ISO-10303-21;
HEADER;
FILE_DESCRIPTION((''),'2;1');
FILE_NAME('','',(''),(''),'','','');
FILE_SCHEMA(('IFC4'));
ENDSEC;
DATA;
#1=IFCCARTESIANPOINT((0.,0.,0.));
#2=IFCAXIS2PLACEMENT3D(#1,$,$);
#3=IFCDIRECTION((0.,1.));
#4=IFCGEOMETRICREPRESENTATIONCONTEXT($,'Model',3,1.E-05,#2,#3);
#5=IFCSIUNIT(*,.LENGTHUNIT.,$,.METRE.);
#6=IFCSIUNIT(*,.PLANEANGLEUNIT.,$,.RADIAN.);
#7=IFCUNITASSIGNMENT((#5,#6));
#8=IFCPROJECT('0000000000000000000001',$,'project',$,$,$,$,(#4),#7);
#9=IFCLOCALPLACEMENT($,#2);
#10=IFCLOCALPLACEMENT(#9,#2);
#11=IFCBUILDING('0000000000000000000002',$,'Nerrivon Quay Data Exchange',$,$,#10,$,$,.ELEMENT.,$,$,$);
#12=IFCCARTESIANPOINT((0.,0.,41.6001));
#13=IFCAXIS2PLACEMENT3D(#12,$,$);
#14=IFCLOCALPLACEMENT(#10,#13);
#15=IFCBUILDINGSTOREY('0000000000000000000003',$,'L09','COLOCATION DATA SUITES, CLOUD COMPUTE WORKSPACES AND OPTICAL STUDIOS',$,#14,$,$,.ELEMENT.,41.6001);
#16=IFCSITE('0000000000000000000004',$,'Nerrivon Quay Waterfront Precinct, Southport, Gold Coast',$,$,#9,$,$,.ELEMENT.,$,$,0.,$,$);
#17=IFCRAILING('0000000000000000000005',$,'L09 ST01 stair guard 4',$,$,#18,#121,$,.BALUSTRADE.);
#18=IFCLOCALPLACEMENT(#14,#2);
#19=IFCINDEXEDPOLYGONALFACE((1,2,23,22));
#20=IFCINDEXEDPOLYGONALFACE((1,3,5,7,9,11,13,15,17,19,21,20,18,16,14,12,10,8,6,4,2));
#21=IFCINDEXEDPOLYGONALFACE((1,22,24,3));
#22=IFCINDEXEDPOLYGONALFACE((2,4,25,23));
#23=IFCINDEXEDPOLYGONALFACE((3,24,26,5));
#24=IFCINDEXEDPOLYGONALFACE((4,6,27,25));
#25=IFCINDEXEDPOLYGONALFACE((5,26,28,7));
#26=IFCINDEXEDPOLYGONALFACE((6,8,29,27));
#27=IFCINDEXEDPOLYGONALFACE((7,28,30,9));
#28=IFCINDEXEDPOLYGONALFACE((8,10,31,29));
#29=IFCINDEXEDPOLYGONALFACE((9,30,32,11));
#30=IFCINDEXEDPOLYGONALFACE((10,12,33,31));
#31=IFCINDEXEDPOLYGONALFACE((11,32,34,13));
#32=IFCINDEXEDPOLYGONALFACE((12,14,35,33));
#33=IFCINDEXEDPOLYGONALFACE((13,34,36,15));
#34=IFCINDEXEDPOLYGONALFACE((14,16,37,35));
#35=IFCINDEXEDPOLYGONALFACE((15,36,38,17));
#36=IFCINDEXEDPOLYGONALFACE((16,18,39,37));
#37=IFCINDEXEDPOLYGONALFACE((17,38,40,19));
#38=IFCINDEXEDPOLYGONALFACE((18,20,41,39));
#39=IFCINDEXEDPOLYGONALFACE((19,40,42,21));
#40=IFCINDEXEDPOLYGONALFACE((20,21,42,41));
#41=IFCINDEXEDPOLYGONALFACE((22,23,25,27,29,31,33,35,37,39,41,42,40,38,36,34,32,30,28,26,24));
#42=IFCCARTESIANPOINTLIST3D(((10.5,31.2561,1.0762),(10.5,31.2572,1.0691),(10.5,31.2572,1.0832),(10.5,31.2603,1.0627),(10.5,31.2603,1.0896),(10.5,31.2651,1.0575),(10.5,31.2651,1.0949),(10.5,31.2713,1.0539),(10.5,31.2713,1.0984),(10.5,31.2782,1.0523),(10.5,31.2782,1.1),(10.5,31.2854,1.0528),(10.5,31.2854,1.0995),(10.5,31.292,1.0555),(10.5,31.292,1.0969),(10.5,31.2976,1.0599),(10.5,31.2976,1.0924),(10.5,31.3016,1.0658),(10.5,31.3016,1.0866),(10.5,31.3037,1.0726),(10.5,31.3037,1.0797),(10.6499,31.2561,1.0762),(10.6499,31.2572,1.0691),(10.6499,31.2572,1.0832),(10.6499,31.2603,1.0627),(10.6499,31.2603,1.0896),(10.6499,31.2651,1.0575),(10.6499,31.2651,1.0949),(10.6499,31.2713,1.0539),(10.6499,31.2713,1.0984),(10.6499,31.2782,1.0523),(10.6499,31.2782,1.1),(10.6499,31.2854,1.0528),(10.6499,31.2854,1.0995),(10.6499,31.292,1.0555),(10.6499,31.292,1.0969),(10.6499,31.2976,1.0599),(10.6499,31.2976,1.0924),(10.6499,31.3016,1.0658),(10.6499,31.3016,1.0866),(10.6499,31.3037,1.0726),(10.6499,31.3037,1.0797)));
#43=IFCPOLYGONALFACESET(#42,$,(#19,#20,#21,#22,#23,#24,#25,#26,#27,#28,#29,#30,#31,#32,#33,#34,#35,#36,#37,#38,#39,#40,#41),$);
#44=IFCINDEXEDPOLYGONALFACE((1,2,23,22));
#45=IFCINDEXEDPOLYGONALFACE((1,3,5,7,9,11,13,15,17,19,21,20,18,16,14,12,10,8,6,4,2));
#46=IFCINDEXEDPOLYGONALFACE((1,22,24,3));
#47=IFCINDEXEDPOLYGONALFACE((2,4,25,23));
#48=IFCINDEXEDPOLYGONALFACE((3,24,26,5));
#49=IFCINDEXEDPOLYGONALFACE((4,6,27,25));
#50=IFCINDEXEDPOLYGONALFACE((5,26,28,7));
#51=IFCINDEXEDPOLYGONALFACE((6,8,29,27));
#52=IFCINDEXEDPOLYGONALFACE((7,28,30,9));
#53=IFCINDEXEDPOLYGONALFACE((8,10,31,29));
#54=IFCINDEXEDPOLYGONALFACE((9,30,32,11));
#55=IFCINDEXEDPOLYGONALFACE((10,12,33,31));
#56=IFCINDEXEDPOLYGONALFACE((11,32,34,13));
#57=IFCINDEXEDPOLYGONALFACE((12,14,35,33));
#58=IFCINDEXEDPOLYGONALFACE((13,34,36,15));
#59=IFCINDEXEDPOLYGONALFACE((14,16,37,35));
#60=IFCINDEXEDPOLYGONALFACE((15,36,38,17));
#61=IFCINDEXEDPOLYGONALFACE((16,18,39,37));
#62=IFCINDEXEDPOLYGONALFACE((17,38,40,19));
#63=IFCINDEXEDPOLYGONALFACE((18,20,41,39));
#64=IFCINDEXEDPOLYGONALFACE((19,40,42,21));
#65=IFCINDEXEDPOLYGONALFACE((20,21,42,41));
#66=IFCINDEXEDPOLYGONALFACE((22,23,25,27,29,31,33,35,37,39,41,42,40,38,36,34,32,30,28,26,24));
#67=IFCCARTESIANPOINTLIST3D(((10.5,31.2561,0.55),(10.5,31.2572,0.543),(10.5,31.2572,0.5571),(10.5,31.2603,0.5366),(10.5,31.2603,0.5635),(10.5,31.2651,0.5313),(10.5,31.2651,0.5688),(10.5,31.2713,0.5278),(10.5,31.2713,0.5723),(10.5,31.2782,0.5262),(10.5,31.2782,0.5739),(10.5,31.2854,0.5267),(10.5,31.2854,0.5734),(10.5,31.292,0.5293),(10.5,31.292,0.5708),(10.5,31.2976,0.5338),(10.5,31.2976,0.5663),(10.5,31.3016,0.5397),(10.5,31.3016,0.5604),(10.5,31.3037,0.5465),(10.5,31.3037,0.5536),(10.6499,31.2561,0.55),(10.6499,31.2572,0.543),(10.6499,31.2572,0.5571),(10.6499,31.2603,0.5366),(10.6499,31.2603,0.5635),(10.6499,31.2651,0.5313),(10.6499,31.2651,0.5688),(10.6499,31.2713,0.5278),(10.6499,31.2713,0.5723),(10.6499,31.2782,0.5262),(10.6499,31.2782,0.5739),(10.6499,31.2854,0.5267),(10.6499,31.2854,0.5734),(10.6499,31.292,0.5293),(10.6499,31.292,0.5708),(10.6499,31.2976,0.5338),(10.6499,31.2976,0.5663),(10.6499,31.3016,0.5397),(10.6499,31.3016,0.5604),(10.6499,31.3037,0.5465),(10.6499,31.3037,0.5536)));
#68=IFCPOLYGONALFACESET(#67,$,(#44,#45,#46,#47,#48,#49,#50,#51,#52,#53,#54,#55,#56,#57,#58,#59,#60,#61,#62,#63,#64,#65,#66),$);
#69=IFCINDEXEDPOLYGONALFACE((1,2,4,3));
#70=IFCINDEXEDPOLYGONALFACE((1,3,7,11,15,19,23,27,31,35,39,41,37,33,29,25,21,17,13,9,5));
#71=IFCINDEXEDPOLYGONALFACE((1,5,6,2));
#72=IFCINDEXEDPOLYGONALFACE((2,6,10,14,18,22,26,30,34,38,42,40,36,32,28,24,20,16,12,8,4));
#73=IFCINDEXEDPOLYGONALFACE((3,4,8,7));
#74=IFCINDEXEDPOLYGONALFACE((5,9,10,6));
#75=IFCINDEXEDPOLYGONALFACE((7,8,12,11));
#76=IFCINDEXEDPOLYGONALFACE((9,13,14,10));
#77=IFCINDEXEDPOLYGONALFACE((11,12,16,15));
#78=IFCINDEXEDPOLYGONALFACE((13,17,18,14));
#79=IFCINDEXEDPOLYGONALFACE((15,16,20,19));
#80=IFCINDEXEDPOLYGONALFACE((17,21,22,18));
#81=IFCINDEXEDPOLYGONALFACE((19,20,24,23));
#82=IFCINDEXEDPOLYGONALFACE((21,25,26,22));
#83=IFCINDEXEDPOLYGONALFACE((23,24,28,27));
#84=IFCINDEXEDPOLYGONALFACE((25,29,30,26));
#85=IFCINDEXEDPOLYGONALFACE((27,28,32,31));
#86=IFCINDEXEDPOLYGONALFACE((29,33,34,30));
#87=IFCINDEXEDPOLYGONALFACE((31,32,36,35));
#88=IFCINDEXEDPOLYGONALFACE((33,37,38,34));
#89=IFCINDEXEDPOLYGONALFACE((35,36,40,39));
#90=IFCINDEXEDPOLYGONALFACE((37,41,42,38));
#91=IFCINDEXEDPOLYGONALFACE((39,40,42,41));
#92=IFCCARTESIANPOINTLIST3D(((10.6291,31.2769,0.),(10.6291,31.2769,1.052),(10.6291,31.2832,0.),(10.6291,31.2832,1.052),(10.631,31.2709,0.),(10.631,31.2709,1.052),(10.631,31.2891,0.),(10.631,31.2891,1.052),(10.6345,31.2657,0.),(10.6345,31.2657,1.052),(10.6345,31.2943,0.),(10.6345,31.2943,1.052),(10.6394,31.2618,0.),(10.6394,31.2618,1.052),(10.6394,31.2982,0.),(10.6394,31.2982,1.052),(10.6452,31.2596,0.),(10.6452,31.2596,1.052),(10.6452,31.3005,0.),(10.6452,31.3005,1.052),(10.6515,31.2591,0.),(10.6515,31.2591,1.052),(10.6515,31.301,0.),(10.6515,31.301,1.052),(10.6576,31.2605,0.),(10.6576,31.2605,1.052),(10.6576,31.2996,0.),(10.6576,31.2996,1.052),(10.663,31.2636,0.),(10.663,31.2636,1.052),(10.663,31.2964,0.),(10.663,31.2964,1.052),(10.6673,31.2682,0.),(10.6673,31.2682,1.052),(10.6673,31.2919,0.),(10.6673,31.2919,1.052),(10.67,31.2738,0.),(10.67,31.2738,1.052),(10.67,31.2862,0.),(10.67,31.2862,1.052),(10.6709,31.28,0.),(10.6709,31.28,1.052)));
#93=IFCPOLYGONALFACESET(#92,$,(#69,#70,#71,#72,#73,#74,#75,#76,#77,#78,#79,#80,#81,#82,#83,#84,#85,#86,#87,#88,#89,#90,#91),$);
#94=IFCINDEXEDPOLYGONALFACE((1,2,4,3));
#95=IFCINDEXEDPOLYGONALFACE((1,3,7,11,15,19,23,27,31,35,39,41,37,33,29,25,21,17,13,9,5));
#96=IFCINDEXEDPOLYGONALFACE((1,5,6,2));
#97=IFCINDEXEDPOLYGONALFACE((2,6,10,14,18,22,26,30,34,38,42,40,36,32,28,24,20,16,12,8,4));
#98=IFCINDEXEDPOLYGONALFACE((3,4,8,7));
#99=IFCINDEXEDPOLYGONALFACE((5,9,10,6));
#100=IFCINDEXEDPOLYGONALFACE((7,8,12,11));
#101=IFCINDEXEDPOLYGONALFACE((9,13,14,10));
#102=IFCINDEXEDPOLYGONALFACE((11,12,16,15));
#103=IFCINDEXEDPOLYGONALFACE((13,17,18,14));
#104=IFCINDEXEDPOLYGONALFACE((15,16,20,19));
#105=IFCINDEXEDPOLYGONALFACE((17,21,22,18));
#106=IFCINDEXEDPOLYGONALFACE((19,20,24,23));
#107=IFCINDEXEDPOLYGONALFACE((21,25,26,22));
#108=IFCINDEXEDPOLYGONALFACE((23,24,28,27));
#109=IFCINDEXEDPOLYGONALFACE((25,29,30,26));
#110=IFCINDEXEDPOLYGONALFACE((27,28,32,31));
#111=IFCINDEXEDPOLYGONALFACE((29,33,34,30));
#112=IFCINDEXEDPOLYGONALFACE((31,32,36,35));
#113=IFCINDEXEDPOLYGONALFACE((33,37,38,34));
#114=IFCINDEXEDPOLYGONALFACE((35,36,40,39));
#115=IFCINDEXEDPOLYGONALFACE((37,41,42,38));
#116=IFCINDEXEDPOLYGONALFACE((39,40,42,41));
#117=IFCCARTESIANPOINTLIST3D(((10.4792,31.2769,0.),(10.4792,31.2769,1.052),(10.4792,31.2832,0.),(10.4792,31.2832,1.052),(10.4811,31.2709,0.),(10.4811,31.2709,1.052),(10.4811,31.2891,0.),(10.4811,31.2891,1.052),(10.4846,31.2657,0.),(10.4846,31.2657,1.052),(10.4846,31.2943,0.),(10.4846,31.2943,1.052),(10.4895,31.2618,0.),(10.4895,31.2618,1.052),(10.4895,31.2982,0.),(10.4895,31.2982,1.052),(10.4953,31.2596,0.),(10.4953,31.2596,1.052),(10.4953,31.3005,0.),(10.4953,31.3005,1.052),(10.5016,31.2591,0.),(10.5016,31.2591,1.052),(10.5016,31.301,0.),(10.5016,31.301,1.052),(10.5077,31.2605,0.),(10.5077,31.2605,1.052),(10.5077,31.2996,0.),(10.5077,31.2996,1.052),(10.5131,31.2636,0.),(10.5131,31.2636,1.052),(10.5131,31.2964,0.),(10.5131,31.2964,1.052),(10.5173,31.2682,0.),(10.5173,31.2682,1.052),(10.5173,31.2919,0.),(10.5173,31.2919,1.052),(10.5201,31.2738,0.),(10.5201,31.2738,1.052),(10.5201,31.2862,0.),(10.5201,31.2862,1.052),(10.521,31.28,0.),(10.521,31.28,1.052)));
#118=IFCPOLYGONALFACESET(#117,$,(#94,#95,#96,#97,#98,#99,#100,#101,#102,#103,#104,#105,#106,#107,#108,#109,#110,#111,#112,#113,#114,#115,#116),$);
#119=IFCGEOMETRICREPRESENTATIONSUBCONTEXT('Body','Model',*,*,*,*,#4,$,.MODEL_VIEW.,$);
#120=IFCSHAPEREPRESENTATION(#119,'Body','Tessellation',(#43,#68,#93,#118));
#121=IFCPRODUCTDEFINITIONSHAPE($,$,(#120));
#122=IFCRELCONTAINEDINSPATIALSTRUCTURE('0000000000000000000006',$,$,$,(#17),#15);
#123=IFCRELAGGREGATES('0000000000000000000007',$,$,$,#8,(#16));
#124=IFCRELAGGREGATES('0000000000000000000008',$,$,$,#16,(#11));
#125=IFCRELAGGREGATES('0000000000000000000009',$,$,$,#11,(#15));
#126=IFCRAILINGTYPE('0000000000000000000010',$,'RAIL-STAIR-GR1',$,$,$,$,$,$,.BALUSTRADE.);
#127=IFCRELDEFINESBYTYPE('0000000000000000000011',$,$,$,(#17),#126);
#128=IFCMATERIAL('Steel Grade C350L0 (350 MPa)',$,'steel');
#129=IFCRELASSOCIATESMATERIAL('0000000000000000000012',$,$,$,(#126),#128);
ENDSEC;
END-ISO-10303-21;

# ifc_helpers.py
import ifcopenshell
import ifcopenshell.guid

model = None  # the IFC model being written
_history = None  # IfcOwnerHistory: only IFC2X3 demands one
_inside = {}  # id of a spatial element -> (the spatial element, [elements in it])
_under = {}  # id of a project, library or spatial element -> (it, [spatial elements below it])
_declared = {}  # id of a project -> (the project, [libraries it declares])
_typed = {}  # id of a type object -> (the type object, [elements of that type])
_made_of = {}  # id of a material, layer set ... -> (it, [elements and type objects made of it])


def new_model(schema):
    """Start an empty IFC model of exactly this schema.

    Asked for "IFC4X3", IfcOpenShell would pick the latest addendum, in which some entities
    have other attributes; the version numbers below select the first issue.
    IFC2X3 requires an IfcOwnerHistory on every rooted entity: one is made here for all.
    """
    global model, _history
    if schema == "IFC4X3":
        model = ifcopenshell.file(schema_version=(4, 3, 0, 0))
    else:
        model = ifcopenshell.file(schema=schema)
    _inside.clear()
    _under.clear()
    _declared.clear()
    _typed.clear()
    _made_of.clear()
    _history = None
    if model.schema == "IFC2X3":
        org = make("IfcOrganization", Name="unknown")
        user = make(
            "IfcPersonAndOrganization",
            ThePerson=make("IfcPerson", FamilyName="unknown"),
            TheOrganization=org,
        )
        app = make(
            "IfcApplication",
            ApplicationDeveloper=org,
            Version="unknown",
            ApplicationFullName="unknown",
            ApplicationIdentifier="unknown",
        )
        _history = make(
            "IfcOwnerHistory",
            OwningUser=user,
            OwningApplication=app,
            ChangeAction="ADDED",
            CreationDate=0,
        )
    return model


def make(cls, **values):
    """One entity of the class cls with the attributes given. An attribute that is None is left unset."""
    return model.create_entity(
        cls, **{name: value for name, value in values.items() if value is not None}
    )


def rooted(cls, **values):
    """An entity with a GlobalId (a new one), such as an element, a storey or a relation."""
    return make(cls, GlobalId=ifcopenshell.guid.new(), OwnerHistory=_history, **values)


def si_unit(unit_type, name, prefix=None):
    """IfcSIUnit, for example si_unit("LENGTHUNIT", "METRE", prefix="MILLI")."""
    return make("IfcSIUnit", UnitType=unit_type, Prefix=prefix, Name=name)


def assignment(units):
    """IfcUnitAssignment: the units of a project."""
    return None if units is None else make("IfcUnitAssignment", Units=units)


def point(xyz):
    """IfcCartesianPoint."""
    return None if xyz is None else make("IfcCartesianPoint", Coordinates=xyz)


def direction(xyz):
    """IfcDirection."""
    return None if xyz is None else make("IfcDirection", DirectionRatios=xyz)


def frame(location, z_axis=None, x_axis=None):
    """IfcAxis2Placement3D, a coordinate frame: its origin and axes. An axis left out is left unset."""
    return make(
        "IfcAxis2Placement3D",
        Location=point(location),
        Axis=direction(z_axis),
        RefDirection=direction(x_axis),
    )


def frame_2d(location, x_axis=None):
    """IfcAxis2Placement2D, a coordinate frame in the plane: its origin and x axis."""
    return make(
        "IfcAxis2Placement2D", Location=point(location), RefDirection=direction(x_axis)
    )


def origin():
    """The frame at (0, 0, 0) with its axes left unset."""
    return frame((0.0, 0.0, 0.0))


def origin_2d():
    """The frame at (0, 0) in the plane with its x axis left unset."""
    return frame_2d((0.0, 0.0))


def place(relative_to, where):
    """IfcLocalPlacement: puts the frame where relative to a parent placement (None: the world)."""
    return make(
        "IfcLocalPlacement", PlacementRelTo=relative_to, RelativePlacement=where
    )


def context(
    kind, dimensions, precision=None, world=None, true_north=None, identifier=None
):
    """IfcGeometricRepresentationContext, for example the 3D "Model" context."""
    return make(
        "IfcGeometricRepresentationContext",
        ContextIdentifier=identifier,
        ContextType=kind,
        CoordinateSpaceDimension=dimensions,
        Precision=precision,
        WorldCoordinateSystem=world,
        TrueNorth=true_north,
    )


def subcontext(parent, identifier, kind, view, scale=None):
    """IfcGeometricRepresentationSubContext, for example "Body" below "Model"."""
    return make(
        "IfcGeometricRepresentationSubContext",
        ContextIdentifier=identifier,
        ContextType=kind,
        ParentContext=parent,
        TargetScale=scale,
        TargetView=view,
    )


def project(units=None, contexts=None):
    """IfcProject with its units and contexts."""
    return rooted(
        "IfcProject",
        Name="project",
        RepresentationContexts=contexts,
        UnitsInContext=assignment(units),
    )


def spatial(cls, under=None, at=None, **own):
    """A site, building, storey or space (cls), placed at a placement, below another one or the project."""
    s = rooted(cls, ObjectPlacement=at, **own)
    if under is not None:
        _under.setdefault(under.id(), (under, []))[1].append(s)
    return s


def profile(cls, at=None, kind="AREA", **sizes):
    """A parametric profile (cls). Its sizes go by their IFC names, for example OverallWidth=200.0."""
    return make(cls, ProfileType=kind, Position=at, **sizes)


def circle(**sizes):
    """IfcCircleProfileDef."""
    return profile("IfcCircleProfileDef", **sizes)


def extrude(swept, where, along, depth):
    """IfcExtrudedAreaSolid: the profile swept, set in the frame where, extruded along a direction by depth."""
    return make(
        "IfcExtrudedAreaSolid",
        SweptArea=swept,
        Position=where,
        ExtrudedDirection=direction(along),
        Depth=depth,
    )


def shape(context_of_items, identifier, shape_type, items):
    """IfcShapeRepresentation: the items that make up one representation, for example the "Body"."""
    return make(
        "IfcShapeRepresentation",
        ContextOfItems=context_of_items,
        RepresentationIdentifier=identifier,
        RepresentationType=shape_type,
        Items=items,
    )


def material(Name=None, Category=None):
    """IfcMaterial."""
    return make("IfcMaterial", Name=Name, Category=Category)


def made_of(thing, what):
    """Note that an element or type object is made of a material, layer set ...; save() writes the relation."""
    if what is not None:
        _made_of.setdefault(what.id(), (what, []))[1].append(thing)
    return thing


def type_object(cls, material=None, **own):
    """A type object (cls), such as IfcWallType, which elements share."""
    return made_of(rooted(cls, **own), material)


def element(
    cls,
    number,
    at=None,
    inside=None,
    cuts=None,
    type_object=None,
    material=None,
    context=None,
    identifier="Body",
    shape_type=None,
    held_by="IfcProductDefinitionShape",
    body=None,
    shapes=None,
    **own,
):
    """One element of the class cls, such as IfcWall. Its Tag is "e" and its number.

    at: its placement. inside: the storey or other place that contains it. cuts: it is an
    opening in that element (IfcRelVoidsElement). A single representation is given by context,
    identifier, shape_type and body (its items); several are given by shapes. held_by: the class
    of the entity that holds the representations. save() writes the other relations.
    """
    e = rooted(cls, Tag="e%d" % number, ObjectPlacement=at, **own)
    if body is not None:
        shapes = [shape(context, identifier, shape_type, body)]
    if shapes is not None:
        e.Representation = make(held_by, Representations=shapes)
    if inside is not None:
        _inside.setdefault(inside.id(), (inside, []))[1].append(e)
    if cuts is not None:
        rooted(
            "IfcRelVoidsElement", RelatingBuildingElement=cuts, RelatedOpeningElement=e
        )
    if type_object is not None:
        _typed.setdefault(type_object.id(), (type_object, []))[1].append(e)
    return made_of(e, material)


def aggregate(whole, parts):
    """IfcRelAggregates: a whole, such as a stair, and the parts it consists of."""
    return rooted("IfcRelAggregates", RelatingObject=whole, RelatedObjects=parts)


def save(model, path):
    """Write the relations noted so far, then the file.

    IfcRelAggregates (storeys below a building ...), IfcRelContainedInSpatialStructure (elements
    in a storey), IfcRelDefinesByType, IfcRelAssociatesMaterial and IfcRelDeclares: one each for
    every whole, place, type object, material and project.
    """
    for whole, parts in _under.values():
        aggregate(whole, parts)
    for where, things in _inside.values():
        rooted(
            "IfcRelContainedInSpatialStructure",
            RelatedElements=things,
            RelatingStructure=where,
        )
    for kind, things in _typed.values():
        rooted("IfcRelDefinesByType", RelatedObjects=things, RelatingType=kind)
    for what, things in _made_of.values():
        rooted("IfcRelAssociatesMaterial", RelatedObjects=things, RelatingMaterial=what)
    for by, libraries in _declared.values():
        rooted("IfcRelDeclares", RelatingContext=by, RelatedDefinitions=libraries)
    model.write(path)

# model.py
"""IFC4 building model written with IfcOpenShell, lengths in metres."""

from ifc_helpers import new_model, si_unit, direction, frame, origin, origin_2d, place, context, subcontext, project, spatial, circle, extrude, material, type_object, element, save


model = new_model("IFC4")

# Units and contexts
model_context = context("Model", 3, precision=1e-05, world=origin(), true_north=direction((0.0, 1.0)))
body_context = subcontext(model_context, "Body", "Model", "MODEL_VIEW")
ifc_project = project(units=[si_unit("LENGTHUNIT", "METRE"), si_unit("PLANEANGLEUNIT", "RADIAN")], contexts=[model_context])

# Site, building, storey
site_placement = place(None, origin())
site = spatial("IfcSite", under=ifc_project, at=site_placement, Name="Nerrivon Quay Waterfront Precinct, Southport, Gold Coast", CompositionType="ELEMENT", RefElevation=0.0)
building_placement = place(site_placement, origin())
building = spatial("IfcBuilding", under=site, at=building_placement, Name="Nerrivon Quay Data Exchange", CompositionType="ELEMENT")
storey_placement = place(building_placement, frame((0.0, 0.0, 41.6001)))
storey = spatial("IfcBuildingStorey", under=building, at=storey_placement, Name="L09", Description="COLOCATION DATA SUITES, CLOUD COMPUTE WORKSPACES AND OPTICAL STUDIOS", CompositionType="ELEMENT", Elevation=41.6001)

# Railing
ifc_material_1 = material(Name="Steel Grade C350L0 (350 MPa)", Category="steel")
railing_type_1 = type_object("IfcRailingType", Name="RAIL-STAIR-GR1", PredefinedType="BALUSTRADE", material=ifc_material_1)
railing_1_placement = place(storey_placement, frame((10.6499, 31.28, 0.0)))
element("IfcRailing", 1, at=railing_1_placement, inside=storey, type_object=railing_type_1, Name="L09 ST01 stair guard 4", PredefinedType="BALUSTRADE", context=body_context, shape_type="SweptSolid", body=[
    extrude(circle(Radius=0.0239, at=origin_2d()), frame((0.0, 0.0, 1.0762), z_axis=(-1.0, 0.0, 0.0), x_axis=(0.0, -1.0, 0.0)), (0.0, 0.0, 1.0), 0.1499),
    extrude(circle(Radius=0.0239, at=origin_2d()), frame((0.0, 0.0, 0.55), z_axis=(-1.0, 0.0, 0.0), x_axis=(0.0, -1.0, 0.0)), (0.0, 0.0, 1.0), 0.1499),
    extrude(circle(Radius=0.021, at=origin_2d()), origin(), (0.0, 0.0, 1.0), 1.052),
    extrude(circle(Radius=0.021, at=origin_2d()), frame((-0.1499, 0.0, 0.0)), (0.0, 0.0, 1.0), 1.052),
])

save(model, "model.ifc")
